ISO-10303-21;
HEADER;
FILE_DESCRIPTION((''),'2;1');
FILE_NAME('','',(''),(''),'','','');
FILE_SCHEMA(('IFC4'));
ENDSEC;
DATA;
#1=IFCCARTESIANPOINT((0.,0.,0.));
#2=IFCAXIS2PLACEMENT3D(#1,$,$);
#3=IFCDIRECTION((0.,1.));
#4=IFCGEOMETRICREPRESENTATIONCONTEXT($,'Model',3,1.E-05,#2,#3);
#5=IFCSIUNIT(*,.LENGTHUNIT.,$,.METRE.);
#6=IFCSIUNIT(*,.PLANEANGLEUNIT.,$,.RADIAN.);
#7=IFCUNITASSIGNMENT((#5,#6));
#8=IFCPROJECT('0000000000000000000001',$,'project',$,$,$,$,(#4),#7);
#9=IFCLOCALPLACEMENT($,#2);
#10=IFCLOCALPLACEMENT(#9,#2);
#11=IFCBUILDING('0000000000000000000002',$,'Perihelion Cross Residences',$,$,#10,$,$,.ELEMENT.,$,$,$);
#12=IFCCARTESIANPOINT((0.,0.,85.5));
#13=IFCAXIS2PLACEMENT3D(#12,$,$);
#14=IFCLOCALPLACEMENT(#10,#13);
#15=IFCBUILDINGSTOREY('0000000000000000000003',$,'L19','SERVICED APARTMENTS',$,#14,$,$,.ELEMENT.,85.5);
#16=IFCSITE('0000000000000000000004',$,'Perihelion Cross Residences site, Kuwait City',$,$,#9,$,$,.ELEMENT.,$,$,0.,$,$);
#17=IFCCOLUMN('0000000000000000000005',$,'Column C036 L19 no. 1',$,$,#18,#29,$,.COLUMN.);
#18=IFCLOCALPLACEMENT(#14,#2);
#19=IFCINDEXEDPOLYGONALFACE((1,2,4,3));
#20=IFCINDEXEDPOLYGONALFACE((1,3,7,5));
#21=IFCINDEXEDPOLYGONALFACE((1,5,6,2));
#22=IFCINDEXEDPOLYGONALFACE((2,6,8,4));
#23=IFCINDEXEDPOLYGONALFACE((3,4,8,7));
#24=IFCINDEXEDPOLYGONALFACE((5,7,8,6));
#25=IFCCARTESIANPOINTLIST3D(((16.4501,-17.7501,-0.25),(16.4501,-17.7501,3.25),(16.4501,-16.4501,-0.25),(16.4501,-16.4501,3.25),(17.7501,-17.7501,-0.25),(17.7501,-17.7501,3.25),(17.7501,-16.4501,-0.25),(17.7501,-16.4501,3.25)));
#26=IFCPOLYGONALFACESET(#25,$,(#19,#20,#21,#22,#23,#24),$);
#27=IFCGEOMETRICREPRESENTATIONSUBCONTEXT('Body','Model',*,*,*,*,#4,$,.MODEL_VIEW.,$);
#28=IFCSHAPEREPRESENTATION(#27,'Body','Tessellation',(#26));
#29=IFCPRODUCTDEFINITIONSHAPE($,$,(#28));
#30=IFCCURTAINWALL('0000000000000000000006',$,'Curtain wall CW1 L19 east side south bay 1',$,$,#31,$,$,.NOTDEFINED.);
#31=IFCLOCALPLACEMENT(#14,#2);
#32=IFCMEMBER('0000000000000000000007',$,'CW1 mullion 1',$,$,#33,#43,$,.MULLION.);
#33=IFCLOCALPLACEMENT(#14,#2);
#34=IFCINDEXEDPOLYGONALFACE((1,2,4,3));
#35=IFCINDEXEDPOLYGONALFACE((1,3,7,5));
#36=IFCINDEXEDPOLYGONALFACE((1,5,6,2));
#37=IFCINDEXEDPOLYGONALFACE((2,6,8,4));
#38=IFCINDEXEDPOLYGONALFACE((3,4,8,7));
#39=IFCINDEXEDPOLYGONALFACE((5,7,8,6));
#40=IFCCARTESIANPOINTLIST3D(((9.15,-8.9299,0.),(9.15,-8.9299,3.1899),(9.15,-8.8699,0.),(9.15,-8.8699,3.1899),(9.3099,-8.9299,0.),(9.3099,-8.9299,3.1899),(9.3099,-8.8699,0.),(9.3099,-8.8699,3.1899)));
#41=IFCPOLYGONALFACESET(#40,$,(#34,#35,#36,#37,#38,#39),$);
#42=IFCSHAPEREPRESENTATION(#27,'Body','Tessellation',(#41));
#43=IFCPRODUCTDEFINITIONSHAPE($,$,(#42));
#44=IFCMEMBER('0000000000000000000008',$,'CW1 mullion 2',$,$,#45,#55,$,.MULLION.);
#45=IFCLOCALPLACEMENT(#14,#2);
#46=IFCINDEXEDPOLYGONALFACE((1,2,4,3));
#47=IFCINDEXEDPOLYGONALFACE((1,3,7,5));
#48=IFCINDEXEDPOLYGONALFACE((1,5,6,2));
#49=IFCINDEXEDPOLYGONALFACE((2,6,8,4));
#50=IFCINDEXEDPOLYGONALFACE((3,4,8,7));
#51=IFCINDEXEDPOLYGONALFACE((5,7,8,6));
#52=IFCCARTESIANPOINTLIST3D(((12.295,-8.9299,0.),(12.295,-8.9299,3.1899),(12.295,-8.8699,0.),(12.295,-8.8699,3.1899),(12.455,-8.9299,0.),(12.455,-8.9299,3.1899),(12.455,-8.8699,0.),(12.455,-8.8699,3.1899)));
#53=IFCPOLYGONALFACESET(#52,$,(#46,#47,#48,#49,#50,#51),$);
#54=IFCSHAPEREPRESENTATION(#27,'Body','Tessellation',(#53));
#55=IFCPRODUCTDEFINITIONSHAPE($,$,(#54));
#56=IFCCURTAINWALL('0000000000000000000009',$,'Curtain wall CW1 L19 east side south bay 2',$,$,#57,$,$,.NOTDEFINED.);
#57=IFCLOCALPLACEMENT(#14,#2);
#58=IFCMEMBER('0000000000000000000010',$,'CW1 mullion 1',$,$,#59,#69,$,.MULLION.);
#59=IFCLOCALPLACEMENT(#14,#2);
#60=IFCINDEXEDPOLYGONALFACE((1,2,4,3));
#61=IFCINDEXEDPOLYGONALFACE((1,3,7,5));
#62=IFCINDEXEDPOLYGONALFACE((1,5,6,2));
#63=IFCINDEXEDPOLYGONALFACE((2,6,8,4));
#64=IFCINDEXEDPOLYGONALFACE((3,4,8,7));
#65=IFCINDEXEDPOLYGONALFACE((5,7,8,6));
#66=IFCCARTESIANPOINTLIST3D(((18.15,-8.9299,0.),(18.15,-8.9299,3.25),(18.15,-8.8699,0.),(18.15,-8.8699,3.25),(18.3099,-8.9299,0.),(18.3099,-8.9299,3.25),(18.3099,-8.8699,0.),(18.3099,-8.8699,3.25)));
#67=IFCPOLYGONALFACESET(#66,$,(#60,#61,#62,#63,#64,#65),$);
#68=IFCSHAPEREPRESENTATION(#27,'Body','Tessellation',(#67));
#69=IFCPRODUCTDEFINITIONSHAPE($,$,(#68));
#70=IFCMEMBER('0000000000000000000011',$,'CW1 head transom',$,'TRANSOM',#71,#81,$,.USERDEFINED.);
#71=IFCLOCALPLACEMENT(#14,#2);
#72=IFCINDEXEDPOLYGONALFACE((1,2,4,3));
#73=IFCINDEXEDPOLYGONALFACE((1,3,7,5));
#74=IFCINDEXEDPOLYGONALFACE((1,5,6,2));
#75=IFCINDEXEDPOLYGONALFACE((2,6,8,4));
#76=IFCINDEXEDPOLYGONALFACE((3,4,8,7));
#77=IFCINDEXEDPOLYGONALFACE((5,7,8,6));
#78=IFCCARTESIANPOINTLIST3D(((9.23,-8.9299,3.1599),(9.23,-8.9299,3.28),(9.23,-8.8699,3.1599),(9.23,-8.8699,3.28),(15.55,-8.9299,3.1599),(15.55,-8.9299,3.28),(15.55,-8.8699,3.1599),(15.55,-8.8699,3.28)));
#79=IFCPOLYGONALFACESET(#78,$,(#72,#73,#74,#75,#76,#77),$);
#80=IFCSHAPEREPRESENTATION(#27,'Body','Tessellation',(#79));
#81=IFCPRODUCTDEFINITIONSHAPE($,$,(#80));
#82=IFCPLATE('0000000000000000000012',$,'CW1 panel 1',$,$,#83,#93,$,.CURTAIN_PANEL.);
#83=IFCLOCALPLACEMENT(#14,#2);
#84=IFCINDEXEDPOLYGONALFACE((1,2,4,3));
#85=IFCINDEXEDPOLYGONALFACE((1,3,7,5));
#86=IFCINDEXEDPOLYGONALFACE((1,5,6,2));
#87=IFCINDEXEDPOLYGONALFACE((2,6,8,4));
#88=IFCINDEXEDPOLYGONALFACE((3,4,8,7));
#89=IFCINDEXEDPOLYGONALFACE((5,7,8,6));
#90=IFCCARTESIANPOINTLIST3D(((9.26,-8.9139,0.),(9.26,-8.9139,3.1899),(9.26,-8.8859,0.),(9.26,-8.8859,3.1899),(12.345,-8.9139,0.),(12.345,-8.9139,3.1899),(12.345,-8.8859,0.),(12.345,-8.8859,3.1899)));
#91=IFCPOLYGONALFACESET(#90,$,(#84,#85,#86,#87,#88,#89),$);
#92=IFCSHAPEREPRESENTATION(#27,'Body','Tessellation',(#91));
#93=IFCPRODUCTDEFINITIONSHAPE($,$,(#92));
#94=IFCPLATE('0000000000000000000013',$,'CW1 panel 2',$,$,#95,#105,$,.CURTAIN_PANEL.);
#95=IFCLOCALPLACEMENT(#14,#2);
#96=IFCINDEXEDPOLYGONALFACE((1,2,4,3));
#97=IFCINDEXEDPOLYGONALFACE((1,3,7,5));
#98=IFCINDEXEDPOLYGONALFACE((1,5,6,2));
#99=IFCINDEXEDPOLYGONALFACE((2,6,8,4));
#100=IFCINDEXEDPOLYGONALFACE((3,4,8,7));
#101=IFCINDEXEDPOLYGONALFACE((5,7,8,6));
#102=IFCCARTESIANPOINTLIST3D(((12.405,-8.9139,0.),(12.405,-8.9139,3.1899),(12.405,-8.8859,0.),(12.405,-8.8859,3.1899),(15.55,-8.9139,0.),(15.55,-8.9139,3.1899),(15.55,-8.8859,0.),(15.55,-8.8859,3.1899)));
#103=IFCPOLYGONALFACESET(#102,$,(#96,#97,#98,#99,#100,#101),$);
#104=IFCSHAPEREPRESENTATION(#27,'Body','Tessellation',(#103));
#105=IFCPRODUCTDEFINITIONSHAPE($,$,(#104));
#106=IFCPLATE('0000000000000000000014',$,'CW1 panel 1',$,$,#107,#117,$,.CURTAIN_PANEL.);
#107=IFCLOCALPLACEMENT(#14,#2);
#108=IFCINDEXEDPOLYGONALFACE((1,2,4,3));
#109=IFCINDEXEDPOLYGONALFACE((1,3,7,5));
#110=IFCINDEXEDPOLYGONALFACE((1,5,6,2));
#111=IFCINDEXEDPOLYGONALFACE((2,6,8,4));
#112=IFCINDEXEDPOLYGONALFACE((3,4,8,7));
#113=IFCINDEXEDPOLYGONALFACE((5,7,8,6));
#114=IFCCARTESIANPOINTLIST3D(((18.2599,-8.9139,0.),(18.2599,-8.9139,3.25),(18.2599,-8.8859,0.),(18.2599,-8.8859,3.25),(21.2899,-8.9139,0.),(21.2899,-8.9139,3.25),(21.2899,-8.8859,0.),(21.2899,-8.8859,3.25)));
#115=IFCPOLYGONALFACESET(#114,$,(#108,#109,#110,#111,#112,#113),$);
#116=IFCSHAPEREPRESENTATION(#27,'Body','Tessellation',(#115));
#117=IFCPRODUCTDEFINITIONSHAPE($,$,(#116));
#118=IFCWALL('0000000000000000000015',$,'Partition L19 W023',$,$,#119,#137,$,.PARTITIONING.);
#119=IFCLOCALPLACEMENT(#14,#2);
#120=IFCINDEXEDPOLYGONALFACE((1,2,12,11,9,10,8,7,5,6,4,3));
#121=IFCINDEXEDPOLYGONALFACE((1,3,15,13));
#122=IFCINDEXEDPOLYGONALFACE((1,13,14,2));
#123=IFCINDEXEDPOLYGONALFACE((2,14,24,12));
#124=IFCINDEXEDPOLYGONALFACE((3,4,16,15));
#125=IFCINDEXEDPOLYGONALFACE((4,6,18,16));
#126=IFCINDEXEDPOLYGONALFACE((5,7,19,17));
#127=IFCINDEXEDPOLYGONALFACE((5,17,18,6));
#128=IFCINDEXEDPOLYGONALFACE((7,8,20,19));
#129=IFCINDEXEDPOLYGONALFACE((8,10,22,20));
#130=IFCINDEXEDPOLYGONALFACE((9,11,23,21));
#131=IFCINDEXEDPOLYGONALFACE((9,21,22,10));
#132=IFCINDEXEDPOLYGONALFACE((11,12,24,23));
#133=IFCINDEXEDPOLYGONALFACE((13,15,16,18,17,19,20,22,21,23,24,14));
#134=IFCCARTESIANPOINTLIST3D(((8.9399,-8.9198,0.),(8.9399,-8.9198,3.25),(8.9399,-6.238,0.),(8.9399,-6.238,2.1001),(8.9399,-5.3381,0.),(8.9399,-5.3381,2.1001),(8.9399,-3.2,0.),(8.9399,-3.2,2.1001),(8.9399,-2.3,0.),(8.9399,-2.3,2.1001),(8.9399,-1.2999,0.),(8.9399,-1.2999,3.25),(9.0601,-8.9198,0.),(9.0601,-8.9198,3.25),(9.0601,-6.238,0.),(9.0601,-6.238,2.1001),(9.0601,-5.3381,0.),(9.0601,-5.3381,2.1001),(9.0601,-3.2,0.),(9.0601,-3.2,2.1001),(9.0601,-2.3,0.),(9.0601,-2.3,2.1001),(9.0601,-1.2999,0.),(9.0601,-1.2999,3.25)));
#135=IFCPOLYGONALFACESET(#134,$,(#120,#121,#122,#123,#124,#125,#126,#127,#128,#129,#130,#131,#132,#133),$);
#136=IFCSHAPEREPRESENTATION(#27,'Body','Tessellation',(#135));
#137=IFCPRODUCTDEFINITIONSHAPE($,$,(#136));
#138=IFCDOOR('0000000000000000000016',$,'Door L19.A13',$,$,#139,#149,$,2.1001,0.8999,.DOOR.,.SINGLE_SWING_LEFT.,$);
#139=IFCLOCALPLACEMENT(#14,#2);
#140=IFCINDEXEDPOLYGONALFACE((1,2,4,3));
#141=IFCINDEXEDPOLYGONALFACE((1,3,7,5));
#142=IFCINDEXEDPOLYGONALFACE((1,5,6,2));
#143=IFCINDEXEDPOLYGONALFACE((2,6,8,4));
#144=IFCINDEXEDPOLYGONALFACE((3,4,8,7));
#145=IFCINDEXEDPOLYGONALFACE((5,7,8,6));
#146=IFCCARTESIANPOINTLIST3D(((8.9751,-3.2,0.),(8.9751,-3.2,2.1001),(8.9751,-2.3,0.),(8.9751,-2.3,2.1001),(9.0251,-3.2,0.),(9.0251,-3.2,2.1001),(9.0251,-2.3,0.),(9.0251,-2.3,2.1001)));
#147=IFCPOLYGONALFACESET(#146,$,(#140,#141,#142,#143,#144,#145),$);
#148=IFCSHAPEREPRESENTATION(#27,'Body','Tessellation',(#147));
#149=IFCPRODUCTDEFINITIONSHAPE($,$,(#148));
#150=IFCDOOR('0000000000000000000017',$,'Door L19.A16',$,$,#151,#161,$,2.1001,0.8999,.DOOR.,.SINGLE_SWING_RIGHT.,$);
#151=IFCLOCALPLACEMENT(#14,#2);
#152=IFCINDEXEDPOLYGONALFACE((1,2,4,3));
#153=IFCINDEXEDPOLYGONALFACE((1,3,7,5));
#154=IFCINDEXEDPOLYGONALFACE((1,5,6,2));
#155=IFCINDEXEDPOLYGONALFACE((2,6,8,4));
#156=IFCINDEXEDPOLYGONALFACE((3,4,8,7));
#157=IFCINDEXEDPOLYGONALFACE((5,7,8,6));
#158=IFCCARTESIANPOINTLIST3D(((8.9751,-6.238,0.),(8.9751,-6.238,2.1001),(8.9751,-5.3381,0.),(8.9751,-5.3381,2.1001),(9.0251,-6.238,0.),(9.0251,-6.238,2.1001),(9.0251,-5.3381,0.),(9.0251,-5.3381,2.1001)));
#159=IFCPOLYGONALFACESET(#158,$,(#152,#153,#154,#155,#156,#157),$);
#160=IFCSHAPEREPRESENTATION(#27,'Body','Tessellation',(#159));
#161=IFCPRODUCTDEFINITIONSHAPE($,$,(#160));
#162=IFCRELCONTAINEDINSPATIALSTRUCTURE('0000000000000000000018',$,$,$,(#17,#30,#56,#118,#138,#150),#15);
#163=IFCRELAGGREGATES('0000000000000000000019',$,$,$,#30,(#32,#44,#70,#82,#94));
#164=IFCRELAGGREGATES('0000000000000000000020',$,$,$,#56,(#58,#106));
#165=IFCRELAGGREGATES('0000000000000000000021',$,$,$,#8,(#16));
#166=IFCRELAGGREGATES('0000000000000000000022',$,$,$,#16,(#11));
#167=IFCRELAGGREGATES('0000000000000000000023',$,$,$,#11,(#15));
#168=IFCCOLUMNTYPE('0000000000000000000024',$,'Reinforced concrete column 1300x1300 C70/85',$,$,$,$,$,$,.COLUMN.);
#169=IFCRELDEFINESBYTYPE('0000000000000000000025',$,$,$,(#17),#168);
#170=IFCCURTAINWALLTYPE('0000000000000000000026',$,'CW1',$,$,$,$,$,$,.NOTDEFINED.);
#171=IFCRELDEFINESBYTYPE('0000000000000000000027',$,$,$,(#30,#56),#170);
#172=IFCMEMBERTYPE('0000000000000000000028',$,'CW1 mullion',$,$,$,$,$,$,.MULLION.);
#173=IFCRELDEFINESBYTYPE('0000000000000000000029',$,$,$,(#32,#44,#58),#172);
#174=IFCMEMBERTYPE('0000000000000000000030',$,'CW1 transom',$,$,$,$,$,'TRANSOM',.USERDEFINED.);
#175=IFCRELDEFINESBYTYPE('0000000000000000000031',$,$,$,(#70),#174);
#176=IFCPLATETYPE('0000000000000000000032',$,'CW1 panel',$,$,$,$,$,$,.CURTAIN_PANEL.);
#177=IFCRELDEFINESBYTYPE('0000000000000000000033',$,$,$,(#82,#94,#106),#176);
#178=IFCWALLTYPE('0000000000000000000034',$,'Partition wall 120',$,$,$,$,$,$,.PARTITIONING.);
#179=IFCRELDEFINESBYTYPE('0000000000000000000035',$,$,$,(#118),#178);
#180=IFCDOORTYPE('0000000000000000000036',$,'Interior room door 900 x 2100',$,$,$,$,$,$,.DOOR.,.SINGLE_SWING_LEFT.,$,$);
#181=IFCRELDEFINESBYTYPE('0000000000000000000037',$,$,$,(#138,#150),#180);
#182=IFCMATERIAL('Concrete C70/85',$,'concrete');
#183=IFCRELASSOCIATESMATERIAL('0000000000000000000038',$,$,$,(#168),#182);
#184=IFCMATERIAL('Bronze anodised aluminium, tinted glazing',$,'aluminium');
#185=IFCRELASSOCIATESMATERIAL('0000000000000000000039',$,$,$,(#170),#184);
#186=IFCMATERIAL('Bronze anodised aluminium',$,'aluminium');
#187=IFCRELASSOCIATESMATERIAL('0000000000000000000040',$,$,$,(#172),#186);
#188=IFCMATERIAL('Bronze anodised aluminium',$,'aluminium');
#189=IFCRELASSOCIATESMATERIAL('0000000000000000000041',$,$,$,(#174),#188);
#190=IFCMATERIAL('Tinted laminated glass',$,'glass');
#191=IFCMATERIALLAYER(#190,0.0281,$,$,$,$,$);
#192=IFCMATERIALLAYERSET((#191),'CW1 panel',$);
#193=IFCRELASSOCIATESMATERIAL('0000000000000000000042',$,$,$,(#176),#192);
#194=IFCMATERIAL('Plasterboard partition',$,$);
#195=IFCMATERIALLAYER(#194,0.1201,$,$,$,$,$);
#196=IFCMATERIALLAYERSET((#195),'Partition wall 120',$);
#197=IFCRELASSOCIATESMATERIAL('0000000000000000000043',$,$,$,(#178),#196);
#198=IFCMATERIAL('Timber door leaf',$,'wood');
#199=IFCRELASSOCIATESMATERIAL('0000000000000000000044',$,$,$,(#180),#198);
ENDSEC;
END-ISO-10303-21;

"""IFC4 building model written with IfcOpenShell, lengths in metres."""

from ifc_helpers import new_model, si_unit, direction, frame, frame_2d, origin, origin_2d, place, context, subcontext, project, spatial, rectangle, extrude, material, layer, layer_set, material_profile, profile_set, type_object, element, fill, aggregate, save


model = new_model("IFC4")

# Units and contexts
model_context = context("Model", 3, precision=1e-05, world=origin(), true_north=direction((0.0, 1.0)))
body_context = subcontext(model_context, "Body", "Model", "MODEL_VIEW")
ifc_project = project(units=[si_unit("LENGTHUNIT", "METRE"), si_unit("PLANEANGLEUNIT", "RADIAN")], contexts=[model_context])

# Site, building, storey
site_placement = place(None, origin())
site = spatial("IfcSite", under=ifc_project, at=site_placement, Name="Perihelion Cross Residences site, Kuwait City", CompositionType="ELEMENT", RefElevation=0.0)
building_placement = place(site_placement, origin())
building = spatial("IfcBuilding", under=site, at=building_placement, Name="Perihelion Cross Residences", CompositionType="ELEMENT")
storey_placement = place(building_placement, frame((0.0, 0.0, 85.5)))
storey = spatial("IfcBuildingStorey", under=building, at=storey_placement, Name="L19", Description="SERVICED APARTMENTS", CompositionType="ELEMENT", Elevation=85.5)

# Column
ifc_material_1 = material(Name="Concrete C70/85", Category="concrete")
ifc_material_profile_1 = material_profile(ifc_material_1, rectangle(XDim=1.3, YDim=1.3, at=origin_2d()), Name="RC 1300x1300")
ifc_profile_set_1 = profile_set([ifc_material_profile_1], Name="Concrete C70/85")
column_type = type_object("IfcColumnType", Name="Reinforced concrete column 1300x1300 C70/85", PredefinedType="COLUMN", material=ifc_profile_set_1)
column_placement = place(storey_placement, frame((17.1001, -17.1001, -0.25), z_axis=(0.0, 0.0, 1.0), x_axis=(1.0, 0.0, 0.0)))
element("IfcColumn", 1, at=column_placement, inside=storey, type_object=column_type, Name="Column C036 L19 no. 1", PredefinedType="COLUMN", context=body_context, shape_type="SweptSolid", body=[
    extrude(rectangle(XDim=1.3, YDim=1.3, at=origin_2d()), origin(), (0.0, 0.0, 1.0), 3.5),
])

# Curtain wall, members
ifc_material_2 = material(Name="Bronze anodised aluminium, tinted glazing", Category="aluminium")
curtain_wall_type = type_object("IfcCurtainWallType", Name="CW1", PredefinedType="NOTDEFINED", material=ifc_material_2)
curtain_wall_1_placement = place(storey_placement, origin())
curtain_wall_1 = element("IfcCurtainWall", 2, at=curtain_wall_1_placement, inside=storey, type_object=curtain_wall_type, Name="Curtain wall CW1 L19 east side south bay 1", PredefinedType="NOTDEFINED")
ifc_material_3 = material(Name="Bronze anodised aluminium", Category="aluminium")
ifc_material_profile_2 = material_profile(ifc_material_3, rectangle(XDim=0.0601, YDim=0.1599, at=origin_2d()), Name="CW1 mullion")
ifc_profile_set_2 = profile_set([ifc_material_profile_2], Name="Bronze anodised aluminium")
member_type_1 = type_object("IfcMemberType", Name="CW1 mullion", PredefinedType="MULLION", material=ifc_profile_set_2)
member_1_placement = place(storey_placement, frame((9.23, -8.8999, 0.0), z_axis=(0.0, 0.0, 1.0), x_axis=(0.0, 1.0, 0.0)))
member_1 = element("IfcMember", 3, at=member_1_placement, type_object=member_type_1, Name="CW1 mullion 1", PredefinedType="MULLION", context=body_context, shape_type="SweptSolid", body=[
    extrude(rectangle(XDim=0.0601, YDim=0.1599, at=origin_2d()), origin(), (0.0, 0.0, 1.0), 3.1899),
])
member_2_placement = place(storey_placement, frame((12.375, -8.8999, 0.0), z_axis=(0.0, 0.0, 1.0), x_axis=(0.0, 1.0, 0.0)))
member_2 = element("IfcMember", 4, at=member_2_placement, type_object=member_type_1, Name="CW1 mullion 2", PredefinedType="MULLION", context=body_context, shape_type="SweptSolid", body=[
    extrude(rectangle(XDim=0.0601, YDim=0.1599, at=origin_2d()), origin(), (0.0, 0.0, 1.0), 3.1899),
])

# Curtain wall, member
curtain_wall_2_placement = place(storey_placement, origin())
curtain_wall_2 = element("IfcCurtainWall", 5, at=curtain_wall_2_placement, inside=storey, type_object=curtain_wall_type, Name="Curtain wall CW1 L19 east side south bay 2", PredefinedType="NOTDEFINED")
member_3_placement = place(storey_placement, frame((18.23, -8.8999, 0.0), z_axis=(0.0, 0.0, 1.0), x_axis=(0.0, 1.0, 0.0)))
member_3 = element("IfcMember", 6, at=member_3_placement, type_object=member_type_1, Name="CW1 mullion 1", PredefinedType="MULLION", context=body_context, shape_type="SweptSolid", body=[
    extrude(rectangle(XDim=0.0601, YDim=0.1599, at=origin_2d()), origin(), (0.0, 0.0, 1.0), 3.25),
])

# Member
ifc_material_4 = material(Name="Bronze anodised aluminium", Category="aluminium")
ifc_material_profile_3 = material_profile(ifc_material_4, rectangle(XDim=0.0601, YDim=0.1201, at=origin_2d()), Name="CW1 transom")
ifc_profile_set_3 = profile_set([ifc_material_profile_3], Name="Bronze anodised aluminium")
member_type_2 = type_object("IfcMemberType", Name="CW1 transom", ElementType="TRANSOM", PredefinedType="USERDEFINED", material=ifc_profile_set_3)
member_4_placement = place(storey_placement, frame((9.23, -8.8999, 3.22), z_axis=(1.0, 0.0, 0.0), x_axis=(0.0, 1.0, 0.0)))
member_4 = element("IfcMember", 7, at=member_4_placement, type_object=member_type_2, Name="CW1 head transom", ObjectType="TRANSOM", PredefinedType="USERDEFINED", context=body_context, shape_type="SweptSolid", body=[
    extrude(rectangle(XDim=0.0601, YDim=0.1201, at=origin_2d()), origin(), (0.0, 0.0, 1.0), 6.3201),
])

# Plates
ifc_material_5 = material(Name="Tinted laminated glass", Category="glass")
ifc_layer_1 = layer(ifc_material_5, 0.0281)
ifc_layer_set_1 = layer_set([ifc_layer_1], Name="CW1 panel")
plate_type = type_object("IfcPlateType", Name="CW1 panel", PredefinedType="CURTAIN_PANEL", material=ifc_layer_set_1)
plate_1_placement = place(storey_placement, frame((10.8025, -8.8999, 0.0), z_axis=(0.0, 0.0, 1.0), x_axis=(1.0, 0.0, 0.0)))
plate_1 = element("IfcPlate", 8, at=plate_1_placement, type_object=plate_type, Name="CW1 panel 1", PredefinedType="CURTAIN_PANEL", context=body_context, shape_type="SweptSolid", body=[
    extrude(rectangle(XDim=3.085, YDim=0.0281, at=origin_2d()), origin(), (0.0, 0.0, 1.0), 3.1899),
])
plate_2_placement = place(storey_placement, frame((13.9775, -8.8999, 0.0), z_axis=(0.0, 0.0, 1.0), x_axis=(1.0, 0.0, 0.0)))
plate_2 = element("IfcPlate", 9, at=plate_2_placement, type_object=plate_type, Name="CW1 panel 2", PredefinedType="CURTAIN_PANEL", context=body_context, shape_type="SweptSolid", body=[
    extrude(rectangle(XDim=3.145, YDim=0.0281, at=origin_2d()), origin(), (0.0, 0.0, 1.0), 3.1899),
])
aggregate(curtain_wall_1, [member_1, member_2, member_4, plate_1, plate_2])
plate_3_placement = place(storey_placement, frame((19.7749, -8.8999, 0.0), z_axis=(0.0, 0.0, 1.0), x_axis=(1.0, 0.0, 0.0)))
plate_3 = element("IfcPlate", 10, at=plate_3_placement, type_object=plate_type, Name="CW1 panel 1", PredefinedType="CURTAIN_PANEL", context=body_context, shape_type="SweptSolid", body=[
    extrude(rectangle(XDim=3.03, YDim=0.0281, at=origin_2d()), origin(), (0.0, 0.0, 1.0), 3.25),
])
aggregate(curtain_wall_2, [member_3, plate_3])

# Wall, openings, doors
ifc_material_6 = material(Name="Plasterboard partition")
ifc_layer_2 = layer(ifc_material_6, 0.1201)
ifc_layer_set_2 = layer_set([ifc_layer_2], Name="Partition wall 120")
wall_type_1 = type_object("IfcWallType", Name="Partition wall 120", PredefinedType="PARTITIONING", material=ifc_layer_set_2)
wall_1_placement = place(storey_placement, frame((9.0, -8.9199, 0.0), z_axis=(0.0, 0.0, 1.0), x_axis=(0.0, 1.0, 0.0)))
wall_1 = element("IfcWall", 11, at=wall_1_placement, inside=storey, type_object=wall_type_1, Name="Partition L19 W023", PredefinedType="PARTITIONING", context=body_context, shape_type="SweptSolid", body=[
    extrude(rectangle(XDim=7.6199, YDim=0.1201, at=frame_2d((3.8101, 0.0))), origin(), (0.0, 0.0, 1.0), 3.25),
])
opening_1_placement = place(wall_1_placement, frame((5.72, 0.0, 0.0)))
opening_1 = element("IfcOpeningElement", 12, at=opening_1_placement, cuts=wall_1, PredefinedType="OPENING", context=body_context, shape_type="SweptSolid", body=[
    extrude(rectangle(XDim=0.8999, YDim=2.1001, at=frame_2d((0.45, 1.05))), frame((0.0, 0.0701, 0.0), z_axis=(0.0, -1.0, 0.0), x_axis=(1.0, 0.0, 0.0)), (0.0, 0.0, 1.0), 0.1401),
])
opening_2_placement = place(wall_1_placement, frame((2.6819, 0.0, 0.0)))
opening_2 = element("IfcOpeningElement", 13, at=opening_2_placement, cuts=wall_1, PredefinedType="OPENING", context=body_context, shape_type="SweptSolid", body=[
    extrude(rectangle(XDim=0.8999, YDim=2.1001, at=frame_2d((0.45, 1.05))), frame((0.0, 0.0701, 0.0), z_axis=(0.0, -1.0, 0.0), x_axis=(1.0, 0.0, 0.0)), (0.0, 0.0, 1.0), 0.1401),
])
ifc_material_7 = material(Name="Timber door leaf", Category="wood")
door_type_1 = type_object("IfcDoorType", Name="Interior room door 900 x 2100", OperationType="SINGLE_SWING_LEFT", PredefinedType="DOOR", material=ifc_material_7)
door_1_placement = place(opening_1_placement, origin())
door_1 = element("IfcDoor", 14, at=door_1_placement, inside=storey, type_object=door_type_1, Name="Door L19.A13", OperationType="SINGLE_SWING_LEFT", OverallHeight=2.1001, OverallWidth=0.8999, PredefinedType="DOOR", context=body_context, shape_type="SweptSolid", body=[
    extrude(rectangle(XDim=0.8999, YDim=2.1001, at=frame_2d((0.45, 1.05))), frame((0.0, 0.0249, 0.0), z_axis=(0.0, -1.0, 0.0), x_axis=(1.0, 0.0, 0.0)), (0.0, 0.0, 1.0), 0.05),
])
fill(opening_1, door_1)
door_2_placement = place(opening_2_placement, origin())
door_2 = element("IfcDoor", 15, at=door_2_placement, inside=storey, type_object=door_type_1, Name="Door L19.A16", OperationType="SINGLE_SWING_RIGHT", OverallHeight=2.1001, OverallWidth=0.8999, PredefinedType="DOOR", context=body_context, shape_type="SweptSolid", body=[
    extrude(rectangle(XDim=0.8999, YDim=2.1001, at=frame_2d((0.45, 1.05))), frame((0.0, 0.0249, 0.0), z_axis=(0.0, -1.0, 0.0), x_axis=(1.0, 0.0, 0.0)), (0.0, 0.0, 1.0), 0.05),
])
fill(opening_2, door_2)

save(model, "model.ifc")
